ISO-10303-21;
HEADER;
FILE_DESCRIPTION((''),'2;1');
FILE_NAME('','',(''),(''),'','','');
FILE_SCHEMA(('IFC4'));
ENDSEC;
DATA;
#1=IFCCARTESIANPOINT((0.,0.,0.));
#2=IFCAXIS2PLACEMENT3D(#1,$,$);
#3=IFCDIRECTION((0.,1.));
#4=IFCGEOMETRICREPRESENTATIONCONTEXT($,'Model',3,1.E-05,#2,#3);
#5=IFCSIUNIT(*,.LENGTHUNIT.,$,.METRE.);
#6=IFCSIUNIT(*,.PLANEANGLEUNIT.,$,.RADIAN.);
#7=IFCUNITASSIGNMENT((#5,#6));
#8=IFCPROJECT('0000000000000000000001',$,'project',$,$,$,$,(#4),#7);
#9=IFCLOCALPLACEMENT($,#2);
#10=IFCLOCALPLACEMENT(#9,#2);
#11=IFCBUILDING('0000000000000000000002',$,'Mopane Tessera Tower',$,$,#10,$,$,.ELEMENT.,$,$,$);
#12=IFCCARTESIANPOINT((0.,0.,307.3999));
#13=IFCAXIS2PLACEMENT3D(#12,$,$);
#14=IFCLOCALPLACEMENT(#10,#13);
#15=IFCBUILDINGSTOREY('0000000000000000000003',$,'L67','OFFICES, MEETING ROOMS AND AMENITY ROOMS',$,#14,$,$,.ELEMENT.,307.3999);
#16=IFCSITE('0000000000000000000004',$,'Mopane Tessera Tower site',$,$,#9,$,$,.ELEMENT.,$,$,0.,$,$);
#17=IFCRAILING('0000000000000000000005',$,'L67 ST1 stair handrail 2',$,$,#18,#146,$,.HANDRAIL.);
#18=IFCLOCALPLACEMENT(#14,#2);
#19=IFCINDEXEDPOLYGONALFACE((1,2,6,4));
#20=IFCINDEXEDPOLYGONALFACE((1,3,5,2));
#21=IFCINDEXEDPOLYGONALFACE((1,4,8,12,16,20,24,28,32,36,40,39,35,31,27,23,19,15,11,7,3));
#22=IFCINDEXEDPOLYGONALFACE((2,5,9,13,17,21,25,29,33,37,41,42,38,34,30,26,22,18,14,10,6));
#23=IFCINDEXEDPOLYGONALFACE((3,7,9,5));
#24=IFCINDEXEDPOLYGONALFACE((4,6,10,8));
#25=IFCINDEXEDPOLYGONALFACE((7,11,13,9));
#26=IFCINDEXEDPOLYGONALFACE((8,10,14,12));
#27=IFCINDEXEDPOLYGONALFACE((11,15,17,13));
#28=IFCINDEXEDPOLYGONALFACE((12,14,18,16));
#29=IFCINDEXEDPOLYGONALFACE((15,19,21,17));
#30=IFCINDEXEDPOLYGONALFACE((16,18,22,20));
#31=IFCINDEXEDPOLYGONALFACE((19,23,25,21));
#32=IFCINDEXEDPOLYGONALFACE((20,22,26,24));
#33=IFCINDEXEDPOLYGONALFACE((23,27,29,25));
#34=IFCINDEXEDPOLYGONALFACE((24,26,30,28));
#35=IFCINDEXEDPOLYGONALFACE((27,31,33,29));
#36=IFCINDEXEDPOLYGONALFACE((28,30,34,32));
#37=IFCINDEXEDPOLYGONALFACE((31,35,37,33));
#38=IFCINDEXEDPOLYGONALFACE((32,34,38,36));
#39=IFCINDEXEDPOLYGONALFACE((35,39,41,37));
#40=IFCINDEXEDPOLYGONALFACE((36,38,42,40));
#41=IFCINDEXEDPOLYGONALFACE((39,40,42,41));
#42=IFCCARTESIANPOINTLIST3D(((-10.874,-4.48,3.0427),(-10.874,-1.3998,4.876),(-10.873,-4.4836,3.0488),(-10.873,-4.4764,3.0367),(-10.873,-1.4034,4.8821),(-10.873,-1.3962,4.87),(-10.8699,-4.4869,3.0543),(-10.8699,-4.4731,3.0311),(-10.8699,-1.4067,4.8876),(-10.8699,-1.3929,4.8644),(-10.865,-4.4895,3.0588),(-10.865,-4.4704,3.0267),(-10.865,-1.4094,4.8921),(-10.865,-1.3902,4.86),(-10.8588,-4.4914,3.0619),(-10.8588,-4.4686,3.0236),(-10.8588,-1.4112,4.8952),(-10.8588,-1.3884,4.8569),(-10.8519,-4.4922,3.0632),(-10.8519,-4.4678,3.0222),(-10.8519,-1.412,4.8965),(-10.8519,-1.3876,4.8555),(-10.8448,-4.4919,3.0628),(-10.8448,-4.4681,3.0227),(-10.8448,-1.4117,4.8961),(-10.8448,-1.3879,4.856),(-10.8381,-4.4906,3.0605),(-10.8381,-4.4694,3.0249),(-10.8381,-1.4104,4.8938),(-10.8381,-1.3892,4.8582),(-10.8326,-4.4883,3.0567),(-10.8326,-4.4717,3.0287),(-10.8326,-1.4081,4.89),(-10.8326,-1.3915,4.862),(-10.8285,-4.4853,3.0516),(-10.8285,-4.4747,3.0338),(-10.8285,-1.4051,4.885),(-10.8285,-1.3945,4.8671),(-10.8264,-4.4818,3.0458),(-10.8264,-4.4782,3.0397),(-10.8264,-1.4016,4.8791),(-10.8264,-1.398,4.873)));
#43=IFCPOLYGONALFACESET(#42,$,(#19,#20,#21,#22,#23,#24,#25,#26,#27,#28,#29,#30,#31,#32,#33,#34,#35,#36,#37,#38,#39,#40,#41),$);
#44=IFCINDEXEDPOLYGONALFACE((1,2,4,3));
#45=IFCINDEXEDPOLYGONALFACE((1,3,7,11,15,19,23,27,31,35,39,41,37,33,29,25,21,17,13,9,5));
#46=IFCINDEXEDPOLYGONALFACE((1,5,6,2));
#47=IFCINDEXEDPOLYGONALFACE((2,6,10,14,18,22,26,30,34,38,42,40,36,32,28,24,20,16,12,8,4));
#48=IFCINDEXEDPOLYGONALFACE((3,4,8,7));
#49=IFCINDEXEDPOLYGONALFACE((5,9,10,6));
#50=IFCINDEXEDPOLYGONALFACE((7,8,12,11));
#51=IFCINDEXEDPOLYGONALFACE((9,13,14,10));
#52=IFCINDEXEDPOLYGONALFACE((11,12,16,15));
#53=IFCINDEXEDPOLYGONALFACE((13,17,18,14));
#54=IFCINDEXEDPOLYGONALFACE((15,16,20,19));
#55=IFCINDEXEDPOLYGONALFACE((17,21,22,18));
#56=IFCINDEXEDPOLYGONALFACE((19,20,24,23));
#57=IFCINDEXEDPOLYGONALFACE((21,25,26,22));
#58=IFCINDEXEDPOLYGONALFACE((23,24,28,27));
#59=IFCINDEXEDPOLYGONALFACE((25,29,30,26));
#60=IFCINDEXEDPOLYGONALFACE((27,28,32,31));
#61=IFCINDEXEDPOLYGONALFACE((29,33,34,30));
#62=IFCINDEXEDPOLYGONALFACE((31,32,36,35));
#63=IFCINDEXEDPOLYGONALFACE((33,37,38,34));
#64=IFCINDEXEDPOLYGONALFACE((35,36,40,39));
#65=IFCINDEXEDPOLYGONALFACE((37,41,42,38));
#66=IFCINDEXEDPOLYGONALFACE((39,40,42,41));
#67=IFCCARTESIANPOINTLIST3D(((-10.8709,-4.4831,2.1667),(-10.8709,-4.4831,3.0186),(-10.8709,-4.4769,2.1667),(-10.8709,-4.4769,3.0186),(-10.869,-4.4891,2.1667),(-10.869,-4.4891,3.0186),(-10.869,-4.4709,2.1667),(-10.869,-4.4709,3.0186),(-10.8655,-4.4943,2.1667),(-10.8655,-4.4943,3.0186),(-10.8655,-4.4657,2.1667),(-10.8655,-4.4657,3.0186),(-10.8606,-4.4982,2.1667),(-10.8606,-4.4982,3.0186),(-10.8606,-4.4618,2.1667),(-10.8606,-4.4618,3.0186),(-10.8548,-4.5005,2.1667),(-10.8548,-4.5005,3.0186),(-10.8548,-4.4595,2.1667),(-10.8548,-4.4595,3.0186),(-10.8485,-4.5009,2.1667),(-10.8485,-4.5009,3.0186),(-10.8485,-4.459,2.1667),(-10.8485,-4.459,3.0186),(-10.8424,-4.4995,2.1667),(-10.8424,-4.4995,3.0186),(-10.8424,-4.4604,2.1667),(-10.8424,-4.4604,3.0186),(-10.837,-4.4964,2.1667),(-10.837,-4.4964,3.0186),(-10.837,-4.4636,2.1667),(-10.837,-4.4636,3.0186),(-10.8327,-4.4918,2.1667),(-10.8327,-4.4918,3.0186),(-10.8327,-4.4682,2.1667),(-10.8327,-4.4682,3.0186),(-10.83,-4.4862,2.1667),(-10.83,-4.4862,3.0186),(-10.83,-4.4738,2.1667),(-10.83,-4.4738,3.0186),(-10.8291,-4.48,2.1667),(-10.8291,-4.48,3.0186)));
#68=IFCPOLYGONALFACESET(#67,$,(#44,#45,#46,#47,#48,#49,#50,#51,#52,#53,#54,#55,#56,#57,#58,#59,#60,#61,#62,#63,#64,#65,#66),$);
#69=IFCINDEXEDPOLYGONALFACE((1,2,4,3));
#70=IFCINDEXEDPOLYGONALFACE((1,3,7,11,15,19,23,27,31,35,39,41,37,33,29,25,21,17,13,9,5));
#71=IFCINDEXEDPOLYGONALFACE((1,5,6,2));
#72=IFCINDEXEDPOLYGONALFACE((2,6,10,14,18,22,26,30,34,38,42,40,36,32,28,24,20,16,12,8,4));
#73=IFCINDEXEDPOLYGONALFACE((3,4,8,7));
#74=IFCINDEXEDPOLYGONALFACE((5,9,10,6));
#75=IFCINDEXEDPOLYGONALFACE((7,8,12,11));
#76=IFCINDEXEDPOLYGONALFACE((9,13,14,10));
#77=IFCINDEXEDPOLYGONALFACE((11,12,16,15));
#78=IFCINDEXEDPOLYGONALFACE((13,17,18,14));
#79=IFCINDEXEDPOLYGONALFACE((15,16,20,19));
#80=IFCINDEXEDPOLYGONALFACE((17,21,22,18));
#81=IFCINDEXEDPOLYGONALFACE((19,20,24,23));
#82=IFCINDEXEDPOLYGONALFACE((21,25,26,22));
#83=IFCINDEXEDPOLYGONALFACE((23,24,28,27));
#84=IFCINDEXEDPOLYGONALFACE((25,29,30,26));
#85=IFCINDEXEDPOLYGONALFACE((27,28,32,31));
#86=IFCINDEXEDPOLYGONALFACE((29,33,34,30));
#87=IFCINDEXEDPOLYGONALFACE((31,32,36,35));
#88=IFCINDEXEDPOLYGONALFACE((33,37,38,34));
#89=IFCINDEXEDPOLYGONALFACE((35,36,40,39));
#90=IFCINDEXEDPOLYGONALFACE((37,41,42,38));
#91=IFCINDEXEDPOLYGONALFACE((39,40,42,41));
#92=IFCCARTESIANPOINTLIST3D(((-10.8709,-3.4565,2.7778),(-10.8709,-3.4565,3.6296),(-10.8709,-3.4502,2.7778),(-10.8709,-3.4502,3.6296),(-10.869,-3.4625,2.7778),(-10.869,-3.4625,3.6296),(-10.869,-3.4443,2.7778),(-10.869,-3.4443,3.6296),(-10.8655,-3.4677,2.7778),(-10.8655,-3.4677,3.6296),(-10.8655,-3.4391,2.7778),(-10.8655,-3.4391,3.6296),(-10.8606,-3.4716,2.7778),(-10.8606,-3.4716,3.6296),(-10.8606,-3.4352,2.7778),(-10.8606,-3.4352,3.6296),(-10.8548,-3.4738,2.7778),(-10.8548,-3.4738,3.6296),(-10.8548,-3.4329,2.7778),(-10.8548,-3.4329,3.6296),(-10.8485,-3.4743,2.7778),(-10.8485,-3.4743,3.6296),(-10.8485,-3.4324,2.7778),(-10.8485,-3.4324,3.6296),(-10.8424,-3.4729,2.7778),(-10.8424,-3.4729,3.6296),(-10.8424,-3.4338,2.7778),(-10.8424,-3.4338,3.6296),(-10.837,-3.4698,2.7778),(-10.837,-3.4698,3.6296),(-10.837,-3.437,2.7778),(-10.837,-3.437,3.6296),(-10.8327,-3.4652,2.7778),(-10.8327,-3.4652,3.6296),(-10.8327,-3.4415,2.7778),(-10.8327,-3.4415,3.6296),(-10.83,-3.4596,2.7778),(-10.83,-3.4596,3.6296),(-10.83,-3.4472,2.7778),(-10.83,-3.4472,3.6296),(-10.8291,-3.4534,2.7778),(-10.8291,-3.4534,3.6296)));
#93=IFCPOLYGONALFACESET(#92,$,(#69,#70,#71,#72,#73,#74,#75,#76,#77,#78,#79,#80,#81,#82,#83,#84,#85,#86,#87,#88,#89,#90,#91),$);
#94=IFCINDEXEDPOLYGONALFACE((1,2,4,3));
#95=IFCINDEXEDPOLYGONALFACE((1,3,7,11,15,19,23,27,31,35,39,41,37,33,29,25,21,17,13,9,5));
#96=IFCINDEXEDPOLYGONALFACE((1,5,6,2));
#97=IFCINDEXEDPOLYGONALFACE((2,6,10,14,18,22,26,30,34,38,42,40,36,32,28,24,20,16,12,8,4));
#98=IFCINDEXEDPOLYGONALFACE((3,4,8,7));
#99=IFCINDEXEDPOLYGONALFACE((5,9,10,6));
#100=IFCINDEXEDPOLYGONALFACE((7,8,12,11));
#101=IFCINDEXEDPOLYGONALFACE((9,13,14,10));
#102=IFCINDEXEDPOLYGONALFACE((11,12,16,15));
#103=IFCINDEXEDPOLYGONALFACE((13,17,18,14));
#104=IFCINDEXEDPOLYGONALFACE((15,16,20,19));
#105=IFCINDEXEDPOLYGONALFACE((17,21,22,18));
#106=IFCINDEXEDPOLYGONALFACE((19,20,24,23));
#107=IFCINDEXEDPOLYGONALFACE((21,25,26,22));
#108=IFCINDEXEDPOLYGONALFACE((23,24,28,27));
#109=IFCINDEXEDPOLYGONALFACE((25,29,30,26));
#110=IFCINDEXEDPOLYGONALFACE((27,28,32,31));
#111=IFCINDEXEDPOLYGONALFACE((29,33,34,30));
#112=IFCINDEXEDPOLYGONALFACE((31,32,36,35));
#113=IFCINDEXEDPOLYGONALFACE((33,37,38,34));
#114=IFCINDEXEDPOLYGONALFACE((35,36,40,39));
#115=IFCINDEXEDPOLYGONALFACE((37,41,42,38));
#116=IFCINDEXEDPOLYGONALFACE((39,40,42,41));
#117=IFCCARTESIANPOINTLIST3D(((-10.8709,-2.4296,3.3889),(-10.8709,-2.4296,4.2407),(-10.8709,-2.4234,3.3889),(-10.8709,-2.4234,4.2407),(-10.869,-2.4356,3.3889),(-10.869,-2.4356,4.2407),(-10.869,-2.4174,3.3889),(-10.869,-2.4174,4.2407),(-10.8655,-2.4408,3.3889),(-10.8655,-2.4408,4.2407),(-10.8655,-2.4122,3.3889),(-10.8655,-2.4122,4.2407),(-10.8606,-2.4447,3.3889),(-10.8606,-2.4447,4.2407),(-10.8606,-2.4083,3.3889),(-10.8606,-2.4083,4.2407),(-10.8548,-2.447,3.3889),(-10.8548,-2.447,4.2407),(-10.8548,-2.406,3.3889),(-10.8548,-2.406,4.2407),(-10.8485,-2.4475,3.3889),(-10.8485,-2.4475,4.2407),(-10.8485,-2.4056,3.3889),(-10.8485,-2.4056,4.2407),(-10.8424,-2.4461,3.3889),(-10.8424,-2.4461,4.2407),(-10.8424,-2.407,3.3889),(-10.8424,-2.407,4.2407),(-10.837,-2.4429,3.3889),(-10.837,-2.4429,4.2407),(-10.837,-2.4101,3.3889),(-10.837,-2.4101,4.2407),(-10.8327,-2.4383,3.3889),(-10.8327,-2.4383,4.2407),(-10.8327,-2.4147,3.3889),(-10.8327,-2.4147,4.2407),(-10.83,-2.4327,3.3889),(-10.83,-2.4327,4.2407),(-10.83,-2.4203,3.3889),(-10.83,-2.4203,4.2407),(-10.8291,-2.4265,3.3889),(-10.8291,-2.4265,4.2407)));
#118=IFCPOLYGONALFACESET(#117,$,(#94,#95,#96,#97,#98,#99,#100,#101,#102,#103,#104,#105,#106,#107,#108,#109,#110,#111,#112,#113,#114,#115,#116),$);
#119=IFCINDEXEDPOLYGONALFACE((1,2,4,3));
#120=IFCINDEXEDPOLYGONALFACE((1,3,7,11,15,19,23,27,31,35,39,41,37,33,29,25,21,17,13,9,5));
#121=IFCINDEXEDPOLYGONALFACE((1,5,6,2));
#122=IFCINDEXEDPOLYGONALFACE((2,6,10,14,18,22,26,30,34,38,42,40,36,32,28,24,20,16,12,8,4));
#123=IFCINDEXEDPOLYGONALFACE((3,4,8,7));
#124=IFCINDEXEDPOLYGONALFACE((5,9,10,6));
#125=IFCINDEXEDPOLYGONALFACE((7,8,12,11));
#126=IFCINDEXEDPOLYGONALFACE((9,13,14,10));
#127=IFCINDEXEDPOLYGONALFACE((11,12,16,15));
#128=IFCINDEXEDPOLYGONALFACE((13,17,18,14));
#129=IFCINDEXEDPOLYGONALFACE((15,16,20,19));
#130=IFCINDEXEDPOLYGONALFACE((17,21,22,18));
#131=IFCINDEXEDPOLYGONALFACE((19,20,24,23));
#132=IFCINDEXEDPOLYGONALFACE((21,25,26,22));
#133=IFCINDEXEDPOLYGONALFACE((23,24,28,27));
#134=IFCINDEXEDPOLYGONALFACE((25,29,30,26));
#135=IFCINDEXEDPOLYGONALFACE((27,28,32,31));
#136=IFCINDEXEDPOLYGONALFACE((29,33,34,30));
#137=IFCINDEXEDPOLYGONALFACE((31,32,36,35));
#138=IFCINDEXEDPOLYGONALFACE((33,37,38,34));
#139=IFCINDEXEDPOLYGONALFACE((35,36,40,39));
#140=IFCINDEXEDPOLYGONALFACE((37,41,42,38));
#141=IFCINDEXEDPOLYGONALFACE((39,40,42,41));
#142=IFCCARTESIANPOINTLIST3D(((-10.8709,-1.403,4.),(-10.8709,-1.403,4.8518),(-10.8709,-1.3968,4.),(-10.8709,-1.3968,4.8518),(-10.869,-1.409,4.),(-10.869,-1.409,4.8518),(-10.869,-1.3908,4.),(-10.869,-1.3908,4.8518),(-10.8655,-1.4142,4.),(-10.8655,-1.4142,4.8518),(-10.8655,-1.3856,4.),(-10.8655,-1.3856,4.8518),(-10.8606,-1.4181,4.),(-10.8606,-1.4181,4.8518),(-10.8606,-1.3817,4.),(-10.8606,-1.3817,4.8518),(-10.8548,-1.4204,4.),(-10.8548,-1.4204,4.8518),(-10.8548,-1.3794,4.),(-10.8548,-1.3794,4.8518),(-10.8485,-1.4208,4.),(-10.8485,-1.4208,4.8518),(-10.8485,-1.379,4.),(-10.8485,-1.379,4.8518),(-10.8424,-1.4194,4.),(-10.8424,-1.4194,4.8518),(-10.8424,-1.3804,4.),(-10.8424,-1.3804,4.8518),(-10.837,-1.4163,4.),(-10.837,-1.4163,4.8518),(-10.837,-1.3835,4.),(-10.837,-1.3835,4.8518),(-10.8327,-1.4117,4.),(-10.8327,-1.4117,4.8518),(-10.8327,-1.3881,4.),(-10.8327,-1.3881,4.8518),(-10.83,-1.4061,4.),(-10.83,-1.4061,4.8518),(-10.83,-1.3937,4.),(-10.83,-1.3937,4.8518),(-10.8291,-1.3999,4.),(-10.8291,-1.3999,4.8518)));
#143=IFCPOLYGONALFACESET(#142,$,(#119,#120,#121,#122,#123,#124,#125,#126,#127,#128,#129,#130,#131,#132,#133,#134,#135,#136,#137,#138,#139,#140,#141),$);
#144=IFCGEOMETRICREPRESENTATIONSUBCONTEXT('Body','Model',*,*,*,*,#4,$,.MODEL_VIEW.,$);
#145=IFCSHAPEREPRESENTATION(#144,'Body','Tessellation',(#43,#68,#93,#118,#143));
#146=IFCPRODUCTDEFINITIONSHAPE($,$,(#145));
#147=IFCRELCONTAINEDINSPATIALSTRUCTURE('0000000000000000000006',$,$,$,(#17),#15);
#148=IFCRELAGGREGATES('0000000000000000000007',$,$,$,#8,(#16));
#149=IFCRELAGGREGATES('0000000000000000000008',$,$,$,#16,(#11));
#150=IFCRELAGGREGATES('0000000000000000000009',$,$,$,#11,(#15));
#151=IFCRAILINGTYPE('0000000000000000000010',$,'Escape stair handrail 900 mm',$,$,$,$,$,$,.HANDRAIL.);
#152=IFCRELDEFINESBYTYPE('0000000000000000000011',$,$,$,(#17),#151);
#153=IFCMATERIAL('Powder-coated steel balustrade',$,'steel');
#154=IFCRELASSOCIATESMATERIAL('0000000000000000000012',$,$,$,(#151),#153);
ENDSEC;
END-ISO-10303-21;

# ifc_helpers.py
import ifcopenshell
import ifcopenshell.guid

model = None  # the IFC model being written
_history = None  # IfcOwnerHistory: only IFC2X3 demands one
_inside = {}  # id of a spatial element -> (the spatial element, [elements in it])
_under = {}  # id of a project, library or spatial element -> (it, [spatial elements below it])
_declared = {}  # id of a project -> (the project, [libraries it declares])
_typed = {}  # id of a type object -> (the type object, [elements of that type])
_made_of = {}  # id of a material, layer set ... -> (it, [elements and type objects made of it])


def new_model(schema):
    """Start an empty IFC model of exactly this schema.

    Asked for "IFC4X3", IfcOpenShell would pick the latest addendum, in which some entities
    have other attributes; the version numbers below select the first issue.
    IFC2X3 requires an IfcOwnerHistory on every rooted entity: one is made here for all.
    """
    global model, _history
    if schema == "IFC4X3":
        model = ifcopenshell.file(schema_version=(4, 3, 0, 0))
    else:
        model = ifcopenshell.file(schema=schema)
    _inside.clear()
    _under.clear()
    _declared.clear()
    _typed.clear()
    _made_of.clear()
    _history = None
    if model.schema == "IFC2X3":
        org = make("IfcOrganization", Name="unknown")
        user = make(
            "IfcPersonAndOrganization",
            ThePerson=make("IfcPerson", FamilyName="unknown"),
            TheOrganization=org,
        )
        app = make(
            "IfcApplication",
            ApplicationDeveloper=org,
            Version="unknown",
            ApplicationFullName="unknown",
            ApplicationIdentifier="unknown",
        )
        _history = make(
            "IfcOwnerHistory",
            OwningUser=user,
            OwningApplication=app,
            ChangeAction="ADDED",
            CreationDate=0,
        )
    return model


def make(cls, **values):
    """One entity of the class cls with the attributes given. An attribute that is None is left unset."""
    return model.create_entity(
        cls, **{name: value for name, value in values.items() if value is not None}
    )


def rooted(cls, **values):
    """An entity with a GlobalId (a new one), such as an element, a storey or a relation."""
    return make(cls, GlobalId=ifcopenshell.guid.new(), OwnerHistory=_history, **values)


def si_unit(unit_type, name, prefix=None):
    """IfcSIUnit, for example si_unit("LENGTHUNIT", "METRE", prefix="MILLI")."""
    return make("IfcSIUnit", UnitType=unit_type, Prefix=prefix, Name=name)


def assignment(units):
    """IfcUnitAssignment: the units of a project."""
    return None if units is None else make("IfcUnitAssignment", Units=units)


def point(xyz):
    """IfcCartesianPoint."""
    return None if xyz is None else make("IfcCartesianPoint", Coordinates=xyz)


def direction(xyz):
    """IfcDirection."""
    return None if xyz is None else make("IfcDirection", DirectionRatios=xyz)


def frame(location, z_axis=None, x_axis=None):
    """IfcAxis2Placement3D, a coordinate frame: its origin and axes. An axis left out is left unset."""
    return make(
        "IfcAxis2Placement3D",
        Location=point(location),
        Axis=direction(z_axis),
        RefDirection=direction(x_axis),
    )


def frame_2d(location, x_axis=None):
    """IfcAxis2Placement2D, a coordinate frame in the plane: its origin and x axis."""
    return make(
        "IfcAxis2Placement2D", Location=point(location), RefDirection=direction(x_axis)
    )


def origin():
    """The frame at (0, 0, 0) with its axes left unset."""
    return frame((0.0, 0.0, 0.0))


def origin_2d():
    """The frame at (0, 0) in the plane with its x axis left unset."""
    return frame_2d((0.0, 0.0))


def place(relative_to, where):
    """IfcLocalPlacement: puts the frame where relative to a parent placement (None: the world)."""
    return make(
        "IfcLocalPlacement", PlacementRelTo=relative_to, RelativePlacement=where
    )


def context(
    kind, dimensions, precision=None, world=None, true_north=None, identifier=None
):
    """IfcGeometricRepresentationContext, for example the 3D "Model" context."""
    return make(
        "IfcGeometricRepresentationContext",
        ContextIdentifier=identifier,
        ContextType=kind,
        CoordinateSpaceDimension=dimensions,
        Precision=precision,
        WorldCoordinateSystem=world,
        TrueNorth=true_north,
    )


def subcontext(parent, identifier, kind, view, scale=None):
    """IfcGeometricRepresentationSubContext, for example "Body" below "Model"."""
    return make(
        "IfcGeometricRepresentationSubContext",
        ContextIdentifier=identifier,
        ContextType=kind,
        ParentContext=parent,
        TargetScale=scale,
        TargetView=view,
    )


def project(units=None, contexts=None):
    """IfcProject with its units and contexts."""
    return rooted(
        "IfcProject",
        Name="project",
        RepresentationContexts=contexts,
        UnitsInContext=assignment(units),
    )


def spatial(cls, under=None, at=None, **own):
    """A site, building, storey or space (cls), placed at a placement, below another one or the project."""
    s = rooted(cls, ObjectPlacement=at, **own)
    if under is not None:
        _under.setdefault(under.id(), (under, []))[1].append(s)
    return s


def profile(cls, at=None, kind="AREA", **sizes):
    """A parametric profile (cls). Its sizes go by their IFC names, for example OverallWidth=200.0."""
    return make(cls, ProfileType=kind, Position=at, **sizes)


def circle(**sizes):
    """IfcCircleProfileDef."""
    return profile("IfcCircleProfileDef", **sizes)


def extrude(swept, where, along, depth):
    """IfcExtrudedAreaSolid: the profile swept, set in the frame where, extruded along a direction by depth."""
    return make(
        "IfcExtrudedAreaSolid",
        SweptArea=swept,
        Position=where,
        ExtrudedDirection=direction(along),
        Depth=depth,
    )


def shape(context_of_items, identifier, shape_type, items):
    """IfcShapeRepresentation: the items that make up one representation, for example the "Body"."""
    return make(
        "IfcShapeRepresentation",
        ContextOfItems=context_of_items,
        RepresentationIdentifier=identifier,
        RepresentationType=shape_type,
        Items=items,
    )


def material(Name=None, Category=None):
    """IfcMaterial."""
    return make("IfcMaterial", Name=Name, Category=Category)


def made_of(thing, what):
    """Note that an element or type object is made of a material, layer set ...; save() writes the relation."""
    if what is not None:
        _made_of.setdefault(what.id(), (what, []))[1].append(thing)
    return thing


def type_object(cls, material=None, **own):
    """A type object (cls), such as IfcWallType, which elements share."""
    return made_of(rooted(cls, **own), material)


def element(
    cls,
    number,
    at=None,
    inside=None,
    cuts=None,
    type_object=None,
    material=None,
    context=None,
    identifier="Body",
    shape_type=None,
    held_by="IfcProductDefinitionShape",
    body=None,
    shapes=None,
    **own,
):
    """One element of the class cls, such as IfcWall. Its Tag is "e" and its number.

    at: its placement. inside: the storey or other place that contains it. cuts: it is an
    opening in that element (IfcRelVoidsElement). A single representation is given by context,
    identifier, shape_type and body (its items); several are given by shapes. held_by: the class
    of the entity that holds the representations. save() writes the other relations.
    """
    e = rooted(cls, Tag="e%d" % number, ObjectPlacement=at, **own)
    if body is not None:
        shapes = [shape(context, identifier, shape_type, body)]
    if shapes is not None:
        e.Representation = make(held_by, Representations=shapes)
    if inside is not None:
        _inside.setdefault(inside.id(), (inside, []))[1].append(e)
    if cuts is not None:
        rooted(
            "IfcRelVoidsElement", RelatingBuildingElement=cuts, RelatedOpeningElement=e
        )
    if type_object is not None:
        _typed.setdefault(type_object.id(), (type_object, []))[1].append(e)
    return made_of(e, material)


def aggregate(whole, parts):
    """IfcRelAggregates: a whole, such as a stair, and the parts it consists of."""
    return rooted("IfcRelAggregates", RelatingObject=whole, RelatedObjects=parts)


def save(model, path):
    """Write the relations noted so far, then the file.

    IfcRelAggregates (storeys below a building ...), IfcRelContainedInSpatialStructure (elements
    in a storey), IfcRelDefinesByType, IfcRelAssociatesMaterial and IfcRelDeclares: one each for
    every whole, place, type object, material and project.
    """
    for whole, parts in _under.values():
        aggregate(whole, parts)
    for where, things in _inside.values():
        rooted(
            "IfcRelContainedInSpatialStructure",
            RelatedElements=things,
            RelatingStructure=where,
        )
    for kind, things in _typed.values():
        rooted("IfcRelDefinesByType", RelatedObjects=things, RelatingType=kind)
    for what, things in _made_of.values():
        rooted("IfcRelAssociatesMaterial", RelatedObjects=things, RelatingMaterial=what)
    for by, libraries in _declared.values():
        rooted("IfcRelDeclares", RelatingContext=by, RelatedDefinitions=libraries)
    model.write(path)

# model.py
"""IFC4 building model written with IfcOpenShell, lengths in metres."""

from ifc_helpers import new_model, si_unit, direction, frame, origin, origin_2d, place, context, subcontext, project, spatial, circle, extrude, material, type_object, element, save


model = new_model("IFC4")

# Units and contexts
model_context = context("Model", 3, precision=1e-05, world=origin(), true_north=direction((0.0, 1.0)))
body_context = subcontext(model_context, "Body", "Model", "MODEL_VIEW")
ifc_project = project(units=[si_unit("LENGTHUNIT", "METRE"), si_unit("PLANEANGLEUNIT", "RADIAN")], contexts=[model_context])

# Site, building, storey
site_placement = place(None, origin())
site = spatial("IfcSite", under=ifc_project, at=site_placement, Name="Mopane Tessera Tower site", CompositionType="ELEMENT", RefElevation=0.0)
building_placement = place(site_placement, origin())
building = spatial("IfcBuilding", under=site, at=building_placement, Name="Mopane Tessera Tower", CompositionType="ELEMENT")
storey_placement = place(building_placement, frame((0.0, 0.0, 307.3999)))
storey = spatial("IfcBuildingStorey", under=building, at=storey_placement, Name="L67", Description="OFFICES, MEETING ROOMS AND AMENITY ROOMS", CompositionType="ELEMENT", Elevation=307.3999)

# Railing
ifc_material_1 = material(Name="Powder-coated steel balustrade", Category="steel")
railing_type_1 = type_object("IfcRailingType", Name="Escape stair handrail 900 mm", PredefinedType="HANDRAIL", material=ifc_material_1)
railing_1_placement = place(storey_placement, frame((-10.8501, -4.48, 2.1667)))
element("IfcRailing", 1, at=railing_1_placement, inside=storey, type_object=railing_type_1, Name="L67 ST1 stair handrail 2", PredefinedType="HANDRAIL", context=body_context, shape_type="SweptSolid", body=[
    extrude(circle(Radius=0.0239, at=origin_2d()), frame((0.0, 0.0, 0.876), z_axis=(0.0, 0.859309, 0.511458), x_axis=(-1.0, 0.0, 0.0)), (0.0, 0.0, 1.0), 3.5845),
    extrude(circle(Radius=0.021, at=origin_2d()), origin(), (0.0, 0.0, 1.0), 0.8518),
    extrude(circle(Radius=0.021, at=origin_2d()), frame((0.0, 1.0266, 0.6111)), (0.0, 0.0, 1.0), 0.8518),
    extrude(circle(Radius=0.021, at=origin_2d()), frame((0.0, 2.0535, 1.2222)), (0.0, 0.0, 1.0), 0.8518),
    extrude(circle(Radius=0.021, at=origin_2d()), frame((0.0, 3.0801, 1.8333)), (0.0, 0.0, 1.0), 0.8518),
])

save(model, "model.ifc")
